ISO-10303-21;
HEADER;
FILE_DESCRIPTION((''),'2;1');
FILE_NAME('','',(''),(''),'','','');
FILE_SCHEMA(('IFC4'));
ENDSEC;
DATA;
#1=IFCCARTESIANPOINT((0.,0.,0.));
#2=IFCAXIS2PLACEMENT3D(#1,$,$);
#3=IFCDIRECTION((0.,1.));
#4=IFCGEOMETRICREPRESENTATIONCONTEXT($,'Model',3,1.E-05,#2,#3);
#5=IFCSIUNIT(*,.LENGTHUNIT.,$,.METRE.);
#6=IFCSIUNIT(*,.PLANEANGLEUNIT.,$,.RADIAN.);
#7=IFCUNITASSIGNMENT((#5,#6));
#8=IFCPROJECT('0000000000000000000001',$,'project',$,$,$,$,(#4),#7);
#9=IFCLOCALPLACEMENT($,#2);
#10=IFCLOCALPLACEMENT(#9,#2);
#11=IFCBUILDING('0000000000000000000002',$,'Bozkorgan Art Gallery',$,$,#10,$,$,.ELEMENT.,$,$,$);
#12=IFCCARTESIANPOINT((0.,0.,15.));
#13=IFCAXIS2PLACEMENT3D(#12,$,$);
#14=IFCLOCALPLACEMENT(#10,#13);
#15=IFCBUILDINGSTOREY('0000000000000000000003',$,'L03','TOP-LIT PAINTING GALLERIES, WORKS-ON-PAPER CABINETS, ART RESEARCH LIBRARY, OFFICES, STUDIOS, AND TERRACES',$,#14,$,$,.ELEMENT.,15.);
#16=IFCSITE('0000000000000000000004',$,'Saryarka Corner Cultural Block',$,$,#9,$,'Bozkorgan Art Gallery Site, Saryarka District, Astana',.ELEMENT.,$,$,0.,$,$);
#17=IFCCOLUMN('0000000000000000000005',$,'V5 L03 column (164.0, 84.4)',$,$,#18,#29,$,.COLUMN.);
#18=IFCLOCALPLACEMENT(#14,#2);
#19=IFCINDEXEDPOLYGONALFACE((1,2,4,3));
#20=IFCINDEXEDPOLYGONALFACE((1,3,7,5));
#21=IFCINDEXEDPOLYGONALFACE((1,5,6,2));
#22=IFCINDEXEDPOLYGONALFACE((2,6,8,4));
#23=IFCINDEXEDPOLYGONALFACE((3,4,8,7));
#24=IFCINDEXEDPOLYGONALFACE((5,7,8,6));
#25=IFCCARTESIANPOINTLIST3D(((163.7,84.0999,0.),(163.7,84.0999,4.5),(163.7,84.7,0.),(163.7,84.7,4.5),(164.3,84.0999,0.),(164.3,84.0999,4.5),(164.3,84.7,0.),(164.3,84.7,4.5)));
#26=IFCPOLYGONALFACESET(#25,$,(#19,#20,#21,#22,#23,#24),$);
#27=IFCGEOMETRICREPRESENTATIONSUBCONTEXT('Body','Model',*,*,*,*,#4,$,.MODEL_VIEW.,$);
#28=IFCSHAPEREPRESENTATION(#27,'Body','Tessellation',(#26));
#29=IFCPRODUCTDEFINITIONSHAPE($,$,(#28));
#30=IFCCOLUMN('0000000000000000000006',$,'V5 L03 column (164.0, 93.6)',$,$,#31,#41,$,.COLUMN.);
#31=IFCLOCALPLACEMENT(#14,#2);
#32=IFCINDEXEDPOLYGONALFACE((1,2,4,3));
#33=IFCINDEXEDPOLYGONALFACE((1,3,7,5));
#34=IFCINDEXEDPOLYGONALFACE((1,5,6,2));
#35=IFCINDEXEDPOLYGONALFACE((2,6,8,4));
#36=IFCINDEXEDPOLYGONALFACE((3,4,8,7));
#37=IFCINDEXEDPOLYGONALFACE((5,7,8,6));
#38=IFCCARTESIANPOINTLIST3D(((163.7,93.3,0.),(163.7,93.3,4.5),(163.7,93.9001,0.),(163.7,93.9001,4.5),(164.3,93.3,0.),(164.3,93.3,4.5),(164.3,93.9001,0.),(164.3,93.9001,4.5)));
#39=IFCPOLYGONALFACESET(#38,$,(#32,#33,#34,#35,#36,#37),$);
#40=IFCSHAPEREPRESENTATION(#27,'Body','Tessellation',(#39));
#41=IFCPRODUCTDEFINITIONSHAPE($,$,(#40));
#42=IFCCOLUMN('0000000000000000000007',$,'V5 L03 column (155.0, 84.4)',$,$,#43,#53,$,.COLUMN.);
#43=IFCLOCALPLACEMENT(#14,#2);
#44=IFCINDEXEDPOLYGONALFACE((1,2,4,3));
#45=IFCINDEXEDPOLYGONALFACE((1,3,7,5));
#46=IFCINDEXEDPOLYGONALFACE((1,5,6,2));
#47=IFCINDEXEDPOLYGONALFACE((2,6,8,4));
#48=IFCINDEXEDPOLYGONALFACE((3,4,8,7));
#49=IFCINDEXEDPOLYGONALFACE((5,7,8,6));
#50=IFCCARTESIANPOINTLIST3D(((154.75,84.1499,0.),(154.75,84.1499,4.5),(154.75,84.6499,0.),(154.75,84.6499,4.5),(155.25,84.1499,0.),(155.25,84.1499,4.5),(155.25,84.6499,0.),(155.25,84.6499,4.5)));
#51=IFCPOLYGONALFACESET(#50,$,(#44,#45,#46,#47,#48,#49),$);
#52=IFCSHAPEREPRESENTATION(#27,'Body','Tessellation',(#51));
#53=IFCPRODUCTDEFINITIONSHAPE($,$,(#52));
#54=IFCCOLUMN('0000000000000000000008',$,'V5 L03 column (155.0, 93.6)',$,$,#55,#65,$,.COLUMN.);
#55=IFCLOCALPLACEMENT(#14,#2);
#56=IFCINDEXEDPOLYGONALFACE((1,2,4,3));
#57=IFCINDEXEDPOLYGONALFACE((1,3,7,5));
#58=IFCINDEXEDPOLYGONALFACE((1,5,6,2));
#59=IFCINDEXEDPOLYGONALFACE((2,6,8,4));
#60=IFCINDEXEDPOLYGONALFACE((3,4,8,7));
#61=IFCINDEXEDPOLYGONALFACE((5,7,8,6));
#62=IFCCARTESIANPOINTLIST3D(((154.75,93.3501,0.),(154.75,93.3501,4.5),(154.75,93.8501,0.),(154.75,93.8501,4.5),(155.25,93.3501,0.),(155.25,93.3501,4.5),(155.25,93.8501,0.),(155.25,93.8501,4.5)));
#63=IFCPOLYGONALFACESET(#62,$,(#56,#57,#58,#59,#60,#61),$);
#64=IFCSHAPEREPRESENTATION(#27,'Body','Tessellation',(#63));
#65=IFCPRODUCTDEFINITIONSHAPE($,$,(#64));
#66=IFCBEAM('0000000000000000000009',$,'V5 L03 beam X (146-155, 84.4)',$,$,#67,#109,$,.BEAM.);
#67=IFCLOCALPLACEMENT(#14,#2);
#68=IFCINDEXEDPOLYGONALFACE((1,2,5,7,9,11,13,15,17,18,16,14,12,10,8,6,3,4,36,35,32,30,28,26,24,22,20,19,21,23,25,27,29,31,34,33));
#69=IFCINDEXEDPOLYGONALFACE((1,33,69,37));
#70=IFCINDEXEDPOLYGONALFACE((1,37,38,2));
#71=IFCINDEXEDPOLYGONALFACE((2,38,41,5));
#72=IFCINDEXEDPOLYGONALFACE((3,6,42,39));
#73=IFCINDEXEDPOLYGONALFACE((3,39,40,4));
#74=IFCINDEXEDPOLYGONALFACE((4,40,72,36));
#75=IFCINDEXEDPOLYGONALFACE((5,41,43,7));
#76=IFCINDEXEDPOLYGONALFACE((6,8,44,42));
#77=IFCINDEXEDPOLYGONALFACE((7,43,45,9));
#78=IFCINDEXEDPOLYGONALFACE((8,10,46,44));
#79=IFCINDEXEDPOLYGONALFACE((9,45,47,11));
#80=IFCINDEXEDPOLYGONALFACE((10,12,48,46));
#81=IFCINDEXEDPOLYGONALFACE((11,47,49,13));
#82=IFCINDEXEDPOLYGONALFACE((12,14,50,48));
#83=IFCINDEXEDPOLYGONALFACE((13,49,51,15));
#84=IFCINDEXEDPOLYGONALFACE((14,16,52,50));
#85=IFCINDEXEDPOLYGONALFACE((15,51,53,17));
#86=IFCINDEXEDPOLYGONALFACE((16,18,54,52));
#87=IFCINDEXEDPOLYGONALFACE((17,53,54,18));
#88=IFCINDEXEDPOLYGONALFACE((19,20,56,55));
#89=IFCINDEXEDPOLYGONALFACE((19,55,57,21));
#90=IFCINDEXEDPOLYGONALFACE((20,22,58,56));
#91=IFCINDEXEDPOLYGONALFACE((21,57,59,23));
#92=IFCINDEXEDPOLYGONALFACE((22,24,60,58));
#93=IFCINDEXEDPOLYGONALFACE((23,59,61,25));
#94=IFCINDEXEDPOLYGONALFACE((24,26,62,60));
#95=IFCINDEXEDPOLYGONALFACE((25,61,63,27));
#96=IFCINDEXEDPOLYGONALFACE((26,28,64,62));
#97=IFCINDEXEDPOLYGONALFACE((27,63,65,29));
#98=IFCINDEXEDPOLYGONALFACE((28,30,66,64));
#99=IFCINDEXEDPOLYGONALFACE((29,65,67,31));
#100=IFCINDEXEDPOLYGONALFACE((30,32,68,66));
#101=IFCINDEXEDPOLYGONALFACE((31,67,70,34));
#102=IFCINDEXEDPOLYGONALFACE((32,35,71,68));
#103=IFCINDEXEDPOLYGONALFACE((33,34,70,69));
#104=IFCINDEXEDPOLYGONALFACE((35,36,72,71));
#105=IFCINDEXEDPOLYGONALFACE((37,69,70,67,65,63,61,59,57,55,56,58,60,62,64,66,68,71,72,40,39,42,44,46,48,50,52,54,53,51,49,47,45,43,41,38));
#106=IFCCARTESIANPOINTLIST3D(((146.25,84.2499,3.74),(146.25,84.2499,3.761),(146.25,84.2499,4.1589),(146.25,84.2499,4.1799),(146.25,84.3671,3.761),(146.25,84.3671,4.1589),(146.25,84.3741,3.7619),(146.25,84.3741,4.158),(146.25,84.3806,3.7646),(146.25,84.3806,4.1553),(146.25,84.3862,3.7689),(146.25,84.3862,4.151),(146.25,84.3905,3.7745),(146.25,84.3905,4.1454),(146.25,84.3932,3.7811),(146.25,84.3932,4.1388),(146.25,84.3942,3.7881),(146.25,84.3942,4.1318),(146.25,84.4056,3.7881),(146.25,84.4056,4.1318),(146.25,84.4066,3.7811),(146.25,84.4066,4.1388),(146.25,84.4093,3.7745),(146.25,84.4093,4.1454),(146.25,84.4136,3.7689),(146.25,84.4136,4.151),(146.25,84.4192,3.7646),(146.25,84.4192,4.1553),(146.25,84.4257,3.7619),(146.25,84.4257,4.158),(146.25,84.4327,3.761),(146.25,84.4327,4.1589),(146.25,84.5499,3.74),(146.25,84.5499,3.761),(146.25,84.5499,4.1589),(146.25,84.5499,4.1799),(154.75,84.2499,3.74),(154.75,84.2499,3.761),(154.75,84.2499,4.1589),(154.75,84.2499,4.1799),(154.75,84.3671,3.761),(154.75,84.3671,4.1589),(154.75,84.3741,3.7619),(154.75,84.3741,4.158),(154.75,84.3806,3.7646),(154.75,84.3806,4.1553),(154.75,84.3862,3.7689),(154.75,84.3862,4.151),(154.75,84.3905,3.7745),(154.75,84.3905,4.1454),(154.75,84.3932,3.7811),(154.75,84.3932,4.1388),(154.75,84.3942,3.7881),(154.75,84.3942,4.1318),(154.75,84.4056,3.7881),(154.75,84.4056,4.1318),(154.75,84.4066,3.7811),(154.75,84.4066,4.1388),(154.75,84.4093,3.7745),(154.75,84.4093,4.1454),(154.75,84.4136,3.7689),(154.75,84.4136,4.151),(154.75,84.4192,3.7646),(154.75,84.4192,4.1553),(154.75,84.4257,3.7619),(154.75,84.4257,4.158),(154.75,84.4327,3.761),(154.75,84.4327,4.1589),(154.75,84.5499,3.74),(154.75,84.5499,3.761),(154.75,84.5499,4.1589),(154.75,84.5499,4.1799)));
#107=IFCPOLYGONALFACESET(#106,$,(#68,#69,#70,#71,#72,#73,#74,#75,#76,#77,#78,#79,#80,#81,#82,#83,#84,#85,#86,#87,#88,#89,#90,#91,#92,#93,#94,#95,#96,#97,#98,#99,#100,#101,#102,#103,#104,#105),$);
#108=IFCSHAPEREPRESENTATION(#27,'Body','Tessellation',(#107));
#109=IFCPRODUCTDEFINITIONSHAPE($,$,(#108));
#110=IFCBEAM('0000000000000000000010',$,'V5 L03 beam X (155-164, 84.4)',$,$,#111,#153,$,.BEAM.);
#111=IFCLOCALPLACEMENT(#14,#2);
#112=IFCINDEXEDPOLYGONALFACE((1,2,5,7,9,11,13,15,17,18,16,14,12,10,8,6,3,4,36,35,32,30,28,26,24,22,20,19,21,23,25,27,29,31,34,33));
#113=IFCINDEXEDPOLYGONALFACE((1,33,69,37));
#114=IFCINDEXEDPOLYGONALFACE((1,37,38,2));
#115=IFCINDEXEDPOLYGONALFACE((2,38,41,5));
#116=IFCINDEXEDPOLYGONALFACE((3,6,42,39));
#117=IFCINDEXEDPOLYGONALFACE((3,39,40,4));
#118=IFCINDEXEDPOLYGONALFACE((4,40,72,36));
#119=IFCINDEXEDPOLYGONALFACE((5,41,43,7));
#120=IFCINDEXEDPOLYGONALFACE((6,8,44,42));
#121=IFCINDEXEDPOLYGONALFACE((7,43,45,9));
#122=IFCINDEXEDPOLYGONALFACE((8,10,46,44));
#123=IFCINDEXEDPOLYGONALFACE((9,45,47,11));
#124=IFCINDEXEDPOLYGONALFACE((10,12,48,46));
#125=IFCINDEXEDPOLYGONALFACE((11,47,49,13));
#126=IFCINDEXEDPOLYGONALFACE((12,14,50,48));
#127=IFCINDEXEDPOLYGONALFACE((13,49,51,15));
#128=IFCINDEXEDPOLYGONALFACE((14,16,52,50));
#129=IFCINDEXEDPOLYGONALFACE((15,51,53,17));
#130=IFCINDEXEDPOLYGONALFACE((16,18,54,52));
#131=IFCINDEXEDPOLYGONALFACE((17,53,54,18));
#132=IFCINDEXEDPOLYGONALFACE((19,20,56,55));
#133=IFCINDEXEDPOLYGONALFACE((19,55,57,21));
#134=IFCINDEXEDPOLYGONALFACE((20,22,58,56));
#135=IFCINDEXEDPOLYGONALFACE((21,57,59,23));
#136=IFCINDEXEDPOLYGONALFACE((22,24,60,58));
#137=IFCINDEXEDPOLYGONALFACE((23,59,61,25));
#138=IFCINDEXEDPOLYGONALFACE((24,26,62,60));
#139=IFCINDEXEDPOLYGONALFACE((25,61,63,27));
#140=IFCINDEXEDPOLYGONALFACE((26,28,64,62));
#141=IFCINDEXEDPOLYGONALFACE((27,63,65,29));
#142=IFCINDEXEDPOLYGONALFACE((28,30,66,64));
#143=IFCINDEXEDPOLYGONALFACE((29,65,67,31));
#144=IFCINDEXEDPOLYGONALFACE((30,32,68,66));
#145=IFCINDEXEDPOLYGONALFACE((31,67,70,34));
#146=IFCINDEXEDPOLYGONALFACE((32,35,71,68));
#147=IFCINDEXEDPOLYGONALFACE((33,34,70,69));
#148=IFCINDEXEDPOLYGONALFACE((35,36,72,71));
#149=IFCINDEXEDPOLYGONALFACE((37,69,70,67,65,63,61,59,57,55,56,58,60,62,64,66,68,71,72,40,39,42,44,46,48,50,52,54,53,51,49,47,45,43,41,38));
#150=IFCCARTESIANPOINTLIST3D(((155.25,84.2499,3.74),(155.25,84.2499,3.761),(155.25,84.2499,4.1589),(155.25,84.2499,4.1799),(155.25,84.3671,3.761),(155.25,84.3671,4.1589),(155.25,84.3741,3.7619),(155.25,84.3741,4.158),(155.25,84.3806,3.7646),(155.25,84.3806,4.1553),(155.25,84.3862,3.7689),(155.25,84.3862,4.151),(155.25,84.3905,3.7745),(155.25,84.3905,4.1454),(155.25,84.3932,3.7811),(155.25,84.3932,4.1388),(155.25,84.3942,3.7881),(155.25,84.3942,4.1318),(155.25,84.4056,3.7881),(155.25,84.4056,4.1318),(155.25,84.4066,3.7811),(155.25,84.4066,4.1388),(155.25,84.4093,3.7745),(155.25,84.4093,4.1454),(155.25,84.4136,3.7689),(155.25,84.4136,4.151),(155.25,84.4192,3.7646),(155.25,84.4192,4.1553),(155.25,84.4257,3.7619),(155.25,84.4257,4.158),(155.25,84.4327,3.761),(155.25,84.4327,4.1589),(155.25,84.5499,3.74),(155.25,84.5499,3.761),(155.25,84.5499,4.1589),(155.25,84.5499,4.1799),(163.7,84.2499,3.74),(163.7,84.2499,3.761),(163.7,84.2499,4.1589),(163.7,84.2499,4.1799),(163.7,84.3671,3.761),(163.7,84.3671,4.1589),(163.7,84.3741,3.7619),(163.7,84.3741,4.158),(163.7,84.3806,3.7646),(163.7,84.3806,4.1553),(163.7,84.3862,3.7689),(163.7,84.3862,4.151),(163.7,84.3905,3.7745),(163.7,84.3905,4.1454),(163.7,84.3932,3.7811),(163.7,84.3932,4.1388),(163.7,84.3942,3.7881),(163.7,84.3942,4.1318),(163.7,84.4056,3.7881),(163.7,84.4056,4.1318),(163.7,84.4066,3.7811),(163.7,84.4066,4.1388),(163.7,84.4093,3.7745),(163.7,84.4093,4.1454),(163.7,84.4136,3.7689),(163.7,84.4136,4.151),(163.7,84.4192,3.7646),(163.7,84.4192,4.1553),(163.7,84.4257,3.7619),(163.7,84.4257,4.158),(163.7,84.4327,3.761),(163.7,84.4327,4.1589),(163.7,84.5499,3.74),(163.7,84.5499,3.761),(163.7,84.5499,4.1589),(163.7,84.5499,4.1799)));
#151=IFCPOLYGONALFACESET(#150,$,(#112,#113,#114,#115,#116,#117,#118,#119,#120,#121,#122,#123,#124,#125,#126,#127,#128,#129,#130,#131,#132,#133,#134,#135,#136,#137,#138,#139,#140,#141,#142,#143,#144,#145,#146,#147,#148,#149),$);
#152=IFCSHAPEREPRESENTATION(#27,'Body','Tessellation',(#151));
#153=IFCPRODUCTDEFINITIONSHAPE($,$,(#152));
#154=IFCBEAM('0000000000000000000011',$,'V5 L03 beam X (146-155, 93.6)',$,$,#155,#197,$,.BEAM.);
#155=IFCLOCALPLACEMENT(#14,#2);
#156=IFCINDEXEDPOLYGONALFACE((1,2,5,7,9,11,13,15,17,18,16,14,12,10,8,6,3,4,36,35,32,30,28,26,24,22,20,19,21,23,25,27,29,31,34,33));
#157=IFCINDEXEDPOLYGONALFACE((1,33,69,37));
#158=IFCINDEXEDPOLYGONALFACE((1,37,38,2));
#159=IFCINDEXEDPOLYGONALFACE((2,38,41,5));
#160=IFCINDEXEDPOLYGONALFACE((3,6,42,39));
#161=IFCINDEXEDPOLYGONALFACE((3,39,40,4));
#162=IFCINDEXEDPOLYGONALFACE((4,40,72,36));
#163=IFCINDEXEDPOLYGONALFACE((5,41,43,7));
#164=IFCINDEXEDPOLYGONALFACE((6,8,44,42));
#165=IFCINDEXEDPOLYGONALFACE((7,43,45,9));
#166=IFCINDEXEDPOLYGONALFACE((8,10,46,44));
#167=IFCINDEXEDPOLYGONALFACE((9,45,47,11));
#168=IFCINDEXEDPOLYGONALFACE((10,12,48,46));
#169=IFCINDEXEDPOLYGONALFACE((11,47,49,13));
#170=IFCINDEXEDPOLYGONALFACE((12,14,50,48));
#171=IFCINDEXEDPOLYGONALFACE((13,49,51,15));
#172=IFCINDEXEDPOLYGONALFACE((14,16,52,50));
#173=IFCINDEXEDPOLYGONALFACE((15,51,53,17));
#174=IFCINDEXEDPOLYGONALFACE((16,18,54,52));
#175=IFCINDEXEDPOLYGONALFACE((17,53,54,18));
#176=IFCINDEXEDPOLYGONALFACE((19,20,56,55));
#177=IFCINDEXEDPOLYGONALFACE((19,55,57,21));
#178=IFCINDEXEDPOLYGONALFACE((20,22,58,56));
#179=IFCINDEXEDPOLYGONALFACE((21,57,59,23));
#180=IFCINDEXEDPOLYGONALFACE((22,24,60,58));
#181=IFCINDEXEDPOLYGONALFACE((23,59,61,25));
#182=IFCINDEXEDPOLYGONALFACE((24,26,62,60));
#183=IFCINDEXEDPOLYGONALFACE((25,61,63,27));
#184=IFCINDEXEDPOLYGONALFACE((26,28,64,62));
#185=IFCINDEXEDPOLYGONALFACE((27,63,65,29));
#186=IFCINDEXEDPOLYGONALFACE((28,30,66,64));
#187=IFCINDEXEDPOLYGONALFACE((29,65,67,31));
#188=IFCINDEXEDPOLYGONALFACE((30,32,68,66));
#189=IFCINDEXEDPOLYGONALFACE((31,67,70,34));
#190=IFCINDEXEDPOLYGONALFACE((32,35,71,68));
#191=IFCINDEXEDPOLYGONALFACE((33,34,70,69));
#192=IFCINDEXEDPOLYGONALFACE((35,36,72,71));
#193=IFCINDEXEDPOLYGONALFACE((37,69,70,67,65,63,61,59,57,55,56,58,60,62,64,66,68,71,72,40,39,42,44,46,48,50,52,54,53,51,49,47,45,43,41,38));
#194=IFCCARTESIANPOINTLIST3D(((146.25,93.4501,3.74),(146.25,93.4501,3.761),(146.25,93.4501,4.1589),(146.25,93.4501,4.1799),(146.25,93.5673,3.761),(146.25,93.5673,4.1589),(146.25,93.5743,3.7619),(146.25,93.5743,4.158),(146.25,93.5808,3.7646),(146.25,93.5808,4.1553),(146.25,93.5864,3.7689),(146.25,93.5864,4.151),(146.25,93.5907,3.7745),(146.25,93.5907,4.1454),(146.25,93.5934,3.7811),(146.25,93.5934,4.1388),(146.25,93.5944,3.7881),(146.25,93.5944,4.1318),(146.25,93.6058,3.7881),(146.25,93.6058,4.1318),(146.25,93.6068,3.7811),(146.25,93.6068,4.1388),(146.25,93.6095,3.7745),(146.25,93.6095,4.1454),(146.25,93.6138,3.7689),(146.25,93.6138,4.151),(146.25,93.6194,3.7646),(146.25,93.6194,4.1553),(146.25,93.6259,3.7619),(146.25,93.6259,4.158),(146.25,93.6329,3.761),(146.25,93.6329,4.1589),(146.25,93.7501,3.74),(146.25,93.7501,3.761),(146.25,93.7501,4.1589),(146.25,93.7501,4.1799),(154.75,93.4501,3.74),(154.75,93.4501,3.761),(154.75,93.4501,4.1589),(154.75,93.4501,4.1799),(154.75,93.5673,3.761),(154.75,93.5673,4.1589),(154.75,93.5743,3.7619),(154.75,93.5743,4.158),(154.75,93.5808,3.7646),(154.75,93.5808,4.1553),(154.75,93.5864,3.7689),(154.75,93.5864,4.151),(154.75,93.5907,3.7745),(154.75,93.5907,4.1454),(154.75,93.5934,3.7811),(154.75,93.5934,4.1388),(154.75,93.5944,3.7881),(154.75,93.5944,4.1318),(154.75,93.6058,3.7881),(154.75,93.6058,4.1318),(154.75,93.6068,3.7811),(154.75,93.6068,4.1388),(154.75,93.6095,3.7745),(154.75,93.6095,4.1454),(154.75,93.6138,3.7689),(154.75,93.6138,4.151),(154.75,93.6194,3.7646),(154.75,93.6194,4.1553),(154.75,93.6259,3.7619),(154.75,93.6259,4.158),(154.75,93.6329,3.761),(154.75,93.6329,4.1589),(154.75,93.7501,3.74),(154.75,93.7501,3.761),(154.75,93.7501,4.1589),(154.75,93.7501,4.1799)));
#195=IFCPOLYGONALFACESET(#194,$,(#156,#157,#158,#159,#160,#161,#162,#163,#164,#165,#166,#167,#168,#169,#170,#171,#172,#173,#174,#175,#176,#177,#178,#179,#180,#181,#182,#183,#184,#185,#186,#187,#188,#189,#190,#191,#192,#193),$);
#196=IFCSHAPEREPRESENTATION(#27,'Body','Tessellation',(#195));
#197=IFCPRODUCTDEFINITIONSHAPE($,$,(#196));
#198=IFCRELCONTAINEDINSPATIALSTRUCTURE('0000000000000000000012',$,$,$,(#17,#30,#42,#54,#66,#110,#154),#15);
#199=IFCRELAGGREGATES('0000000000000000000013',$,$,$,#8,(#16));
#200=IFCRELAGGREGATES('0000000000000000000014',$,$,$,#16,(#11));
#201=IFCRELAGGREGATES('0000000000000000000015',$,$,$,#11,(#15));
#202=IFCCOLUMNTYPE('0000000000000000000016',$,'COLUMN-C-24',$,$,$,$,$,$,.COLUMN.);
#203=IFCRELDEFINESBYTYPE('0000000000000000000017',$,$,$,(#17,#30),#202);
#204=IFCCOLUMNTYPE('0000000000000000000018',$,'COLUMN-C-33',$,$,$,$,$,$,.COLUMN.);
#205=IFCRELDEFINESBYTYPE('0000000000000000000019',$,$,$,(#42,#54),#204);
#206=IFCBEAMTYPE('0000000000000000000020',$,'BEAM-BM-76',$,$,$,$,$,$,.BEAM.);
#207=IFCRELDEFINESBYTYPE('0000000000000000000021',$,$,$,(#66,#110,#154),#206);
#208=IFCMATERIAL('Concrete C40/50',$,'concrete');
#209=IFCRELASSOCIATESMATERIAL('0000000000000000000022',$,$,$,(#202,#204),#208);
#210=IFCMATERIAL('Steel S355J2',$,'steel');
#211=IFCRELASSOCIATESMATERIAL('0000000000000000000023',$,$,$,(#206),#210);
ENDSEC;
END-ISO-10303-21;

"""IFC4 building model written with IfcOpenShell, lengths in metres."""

from ifc_helpers import new_model, si_unit, direction, frame, origin, origin_2d, place, context, subcontext, project, spatial, rectangle, i_section, extrude, material, material_profile, profile_set, type_object, element, save


model = new_model("IFC4")

# Units and contexts
model_context = context("Model", 3, precision=1e-05, world=origin(), true_north=direction((0.0, 1.0)))
body_context = subcontext(model_context, "Body", "Model", "MODEL_VIEW")
ifc_project = project(units=[si_unit("LENGTHUNIT", "METRE"), si_unit("PLANEANGLEUNIT", "RADIAN")], contexts=[model_context])

# Site, building, storey
site_placement = place(None, origin())
site = spatial("IfcSite", under=ifc_project, at=site_placement, Name="Saryarka Corner Cultural Block", LongName="Bozkorgan Art Gallery Site, Saryarka District, Astana", CompositionType="ELEMENT", RefElevation=0.0)
building_placement = place(site_placement, origin())
building = spatial("IfcBuilding", under=site, at=building_placement, Name="Bozkorgan Art Gallery", CompositionType="ELEMENT")
storey_placement = place(building_placement, frame((0.0, 0.0, 15.0)))
storey = spatial("IfcBuildingStorey", under=building, at=storey_placement, Name="L03", Description="TOP-LIT PAINTING GALLERIES, WORKS-ON-PAPER CABINETS, ART RESEARCH LIBRARY, OFFICES, STUDIOS, AND TERRACES", CompositionType="ELEMENT", Elevation=15.0)

# Columns
ifc_material_1 = material(Name="Concrete C40/50", Category="concrete")
ifc_material_profile_1 = material_profile(ifc_material_1, rectangle(XDim=0.6001, YDim=0.6001, at=origin_2d()), Name="RC 600x600")
ifc_profile_set_1 = profile_set([ifc_material_profile_1], Name="Concrete C40/50")
column_type_1 = type_object("IfcColumnType", Name="COLUMN-C-24", PredefinedType="COLUMN", material=ifc_profile_set_1)
for number, where, z_axis, x_axis, name in (
    (1, (164.0, 84.3999, 0.0), (0.0, 0.0, 1.0), (1.0, 0.0, 0.0), "V5 L03 column (164.0, 84.4)"),
    (2, (164.0, 93.6001, 0.0), (0.0, 0.0, 1.0), (1.0, 0.0, 0.0), "V5 L03 column (164.0, 93.6)"),
):
    element("IfcColumn", number, at=place(storey_placement, frame(where, z_axis=z_axis, x_axis=x_axis)), inside=storey, type_object=column_type_1, Name=name, PredefinedType="COLUMN", context=body_context, shape_type="SweptSolid", body=[
        extrude(rectangle(XDim=0.6001, YDim=0.6001, at=origin_2d()), origin(), (0.0, 0.0, 1.0), 4.5),
    ])
ifc_material_profile_2 = material_profile(ifc_material_1, rectangle(XDim=0.5, YDim=0.5, at=origin_2d()), Name="RC 500x500")
ifc_profile_set_2 = profile_set([ifc_material_profile_2], Name="Concrete C40/50")
column_type_2 = type_object("IfcColumnType", Name="COLUMN-C-33", PredefinedType="COLUMN", material=ifc_profile_set_2)
for number, where, z_axis, x_axis, name in (
    (3, (155.0, 84.3999, 0.0), (0.0, 0.0, 1.0), (1.0, 0.0, 0.0), "V5 L03 column (155.0, 84.4)"),
    (4, (155.0, 93.6001, 0.0), (0.0, 0.0, 1.0), (1.0, 0.0, 0.0), "V5 L03 column (155.0, 93.6)"),
):
    element("IfcColumn", number, at=place(storey_placement, frame(where, z_axis=z_axis, x_axis=x_axis)), inside=storey, type_object=column_type_2, Name=name, PredefinedType="COLUMN", context=body_context, shape_type="SweptSolid", body=[
        extrude(rectangle(XDim=0.5, YDim=0.5, at=origin_2d()), origin(), (0.0, 0.0, 1.0), 4.5),
    ])

# Beams
ifc_material_2 = material(Name="Steel S355J2", Category="steel")
ifc_material_profile_3 = material_profile(ifc_material_2, i_section(OverallWidth=0.3, OverallDepth=0.4399, WebThickness=0.0115, FlangeThickness=0.021, FilletRadius=0.0271, at=origin_2d()), Name="HEA 450")
ifc_profile_set_3 = profile_set([ifc_material_profile_3], Name="Steel S355J2")
beam_type_1 = type_object("IfcBeamType", Name="BEAM-BM-76", PredefinedType="BEAM", material=ifc_profile_set_3)
beam_1_placement = place(storey_placement, frame((146.25, 84.3999, 3.96), z_axis=(1.0, 0.0, 0.0), x_axis=(0.0, 1.0, 0.0)))
element("IfcBeam", 5, at=beam_1_placement, inside=storey, type_object=beam_type_1, Name="V5 L03 beam X (146-155, 84.4)", PredefinedType="BEAM", context=body_context, shape_type="SweptSolid", body=[
    extrude(i_section(OverallWidth=0.3, OverallDepth=0.4399, WebThickness=0.0115, FlangeThickness=0.021, FilletRadius=0.0271, at=origin_2d()), origin(), (0.0, 0.0, 1.0), 8.5),
])
beam_2_placement = place(storey_placement, frame((155.25, 84.3999, 3.96), z_axis=(1.0, 0.0, 0.0), x_axis=(0.0, 1.0, 0.0)))
element("IfcBeam", 6, at=beam_2_placement, inside=storey, type_object=beam_type_1, Name="V5 L03 beam X (155-164, 84.4)", PredefinedType="BEAM", context=body_context, shape_type="SweptSolid", body=[
    extrude(i_section(OverallWidth=0.3, OverallDepth=0.4399, WebThickness=0.0115, FlangeThickness=0.021, FilletRadius=0.0271, at=origin_2d()), origin(), (0.0, 0.0, 1.0), 8.45),
])
beam_3_placement = place(storey_placement, frame((146.25, 93.6001, 3.96), z_axis=(1.0, 0.0, 0.0), x_axis=(0.0, 1.0, 0.0)))
element("IfcBeam", 7, at=beam_3_placement, inside=storey, type_object=beam_type_1, Name="V5 L03 beam X (146-155, 93.6)", PredefinedType="BEAM", context=body_context, shape_type="SweptSolid", body=[
    extrude(i_section(OverallWidth=0.3, OverallDepth=0.4399, WebThickness=0.0115, FlangeThickness=0.021, FilletRadius=0.0271, at=origin_2d()), origin(), (0.0, 0.0, 1.0), 8.5),
])

save(model, "model.ifc")
